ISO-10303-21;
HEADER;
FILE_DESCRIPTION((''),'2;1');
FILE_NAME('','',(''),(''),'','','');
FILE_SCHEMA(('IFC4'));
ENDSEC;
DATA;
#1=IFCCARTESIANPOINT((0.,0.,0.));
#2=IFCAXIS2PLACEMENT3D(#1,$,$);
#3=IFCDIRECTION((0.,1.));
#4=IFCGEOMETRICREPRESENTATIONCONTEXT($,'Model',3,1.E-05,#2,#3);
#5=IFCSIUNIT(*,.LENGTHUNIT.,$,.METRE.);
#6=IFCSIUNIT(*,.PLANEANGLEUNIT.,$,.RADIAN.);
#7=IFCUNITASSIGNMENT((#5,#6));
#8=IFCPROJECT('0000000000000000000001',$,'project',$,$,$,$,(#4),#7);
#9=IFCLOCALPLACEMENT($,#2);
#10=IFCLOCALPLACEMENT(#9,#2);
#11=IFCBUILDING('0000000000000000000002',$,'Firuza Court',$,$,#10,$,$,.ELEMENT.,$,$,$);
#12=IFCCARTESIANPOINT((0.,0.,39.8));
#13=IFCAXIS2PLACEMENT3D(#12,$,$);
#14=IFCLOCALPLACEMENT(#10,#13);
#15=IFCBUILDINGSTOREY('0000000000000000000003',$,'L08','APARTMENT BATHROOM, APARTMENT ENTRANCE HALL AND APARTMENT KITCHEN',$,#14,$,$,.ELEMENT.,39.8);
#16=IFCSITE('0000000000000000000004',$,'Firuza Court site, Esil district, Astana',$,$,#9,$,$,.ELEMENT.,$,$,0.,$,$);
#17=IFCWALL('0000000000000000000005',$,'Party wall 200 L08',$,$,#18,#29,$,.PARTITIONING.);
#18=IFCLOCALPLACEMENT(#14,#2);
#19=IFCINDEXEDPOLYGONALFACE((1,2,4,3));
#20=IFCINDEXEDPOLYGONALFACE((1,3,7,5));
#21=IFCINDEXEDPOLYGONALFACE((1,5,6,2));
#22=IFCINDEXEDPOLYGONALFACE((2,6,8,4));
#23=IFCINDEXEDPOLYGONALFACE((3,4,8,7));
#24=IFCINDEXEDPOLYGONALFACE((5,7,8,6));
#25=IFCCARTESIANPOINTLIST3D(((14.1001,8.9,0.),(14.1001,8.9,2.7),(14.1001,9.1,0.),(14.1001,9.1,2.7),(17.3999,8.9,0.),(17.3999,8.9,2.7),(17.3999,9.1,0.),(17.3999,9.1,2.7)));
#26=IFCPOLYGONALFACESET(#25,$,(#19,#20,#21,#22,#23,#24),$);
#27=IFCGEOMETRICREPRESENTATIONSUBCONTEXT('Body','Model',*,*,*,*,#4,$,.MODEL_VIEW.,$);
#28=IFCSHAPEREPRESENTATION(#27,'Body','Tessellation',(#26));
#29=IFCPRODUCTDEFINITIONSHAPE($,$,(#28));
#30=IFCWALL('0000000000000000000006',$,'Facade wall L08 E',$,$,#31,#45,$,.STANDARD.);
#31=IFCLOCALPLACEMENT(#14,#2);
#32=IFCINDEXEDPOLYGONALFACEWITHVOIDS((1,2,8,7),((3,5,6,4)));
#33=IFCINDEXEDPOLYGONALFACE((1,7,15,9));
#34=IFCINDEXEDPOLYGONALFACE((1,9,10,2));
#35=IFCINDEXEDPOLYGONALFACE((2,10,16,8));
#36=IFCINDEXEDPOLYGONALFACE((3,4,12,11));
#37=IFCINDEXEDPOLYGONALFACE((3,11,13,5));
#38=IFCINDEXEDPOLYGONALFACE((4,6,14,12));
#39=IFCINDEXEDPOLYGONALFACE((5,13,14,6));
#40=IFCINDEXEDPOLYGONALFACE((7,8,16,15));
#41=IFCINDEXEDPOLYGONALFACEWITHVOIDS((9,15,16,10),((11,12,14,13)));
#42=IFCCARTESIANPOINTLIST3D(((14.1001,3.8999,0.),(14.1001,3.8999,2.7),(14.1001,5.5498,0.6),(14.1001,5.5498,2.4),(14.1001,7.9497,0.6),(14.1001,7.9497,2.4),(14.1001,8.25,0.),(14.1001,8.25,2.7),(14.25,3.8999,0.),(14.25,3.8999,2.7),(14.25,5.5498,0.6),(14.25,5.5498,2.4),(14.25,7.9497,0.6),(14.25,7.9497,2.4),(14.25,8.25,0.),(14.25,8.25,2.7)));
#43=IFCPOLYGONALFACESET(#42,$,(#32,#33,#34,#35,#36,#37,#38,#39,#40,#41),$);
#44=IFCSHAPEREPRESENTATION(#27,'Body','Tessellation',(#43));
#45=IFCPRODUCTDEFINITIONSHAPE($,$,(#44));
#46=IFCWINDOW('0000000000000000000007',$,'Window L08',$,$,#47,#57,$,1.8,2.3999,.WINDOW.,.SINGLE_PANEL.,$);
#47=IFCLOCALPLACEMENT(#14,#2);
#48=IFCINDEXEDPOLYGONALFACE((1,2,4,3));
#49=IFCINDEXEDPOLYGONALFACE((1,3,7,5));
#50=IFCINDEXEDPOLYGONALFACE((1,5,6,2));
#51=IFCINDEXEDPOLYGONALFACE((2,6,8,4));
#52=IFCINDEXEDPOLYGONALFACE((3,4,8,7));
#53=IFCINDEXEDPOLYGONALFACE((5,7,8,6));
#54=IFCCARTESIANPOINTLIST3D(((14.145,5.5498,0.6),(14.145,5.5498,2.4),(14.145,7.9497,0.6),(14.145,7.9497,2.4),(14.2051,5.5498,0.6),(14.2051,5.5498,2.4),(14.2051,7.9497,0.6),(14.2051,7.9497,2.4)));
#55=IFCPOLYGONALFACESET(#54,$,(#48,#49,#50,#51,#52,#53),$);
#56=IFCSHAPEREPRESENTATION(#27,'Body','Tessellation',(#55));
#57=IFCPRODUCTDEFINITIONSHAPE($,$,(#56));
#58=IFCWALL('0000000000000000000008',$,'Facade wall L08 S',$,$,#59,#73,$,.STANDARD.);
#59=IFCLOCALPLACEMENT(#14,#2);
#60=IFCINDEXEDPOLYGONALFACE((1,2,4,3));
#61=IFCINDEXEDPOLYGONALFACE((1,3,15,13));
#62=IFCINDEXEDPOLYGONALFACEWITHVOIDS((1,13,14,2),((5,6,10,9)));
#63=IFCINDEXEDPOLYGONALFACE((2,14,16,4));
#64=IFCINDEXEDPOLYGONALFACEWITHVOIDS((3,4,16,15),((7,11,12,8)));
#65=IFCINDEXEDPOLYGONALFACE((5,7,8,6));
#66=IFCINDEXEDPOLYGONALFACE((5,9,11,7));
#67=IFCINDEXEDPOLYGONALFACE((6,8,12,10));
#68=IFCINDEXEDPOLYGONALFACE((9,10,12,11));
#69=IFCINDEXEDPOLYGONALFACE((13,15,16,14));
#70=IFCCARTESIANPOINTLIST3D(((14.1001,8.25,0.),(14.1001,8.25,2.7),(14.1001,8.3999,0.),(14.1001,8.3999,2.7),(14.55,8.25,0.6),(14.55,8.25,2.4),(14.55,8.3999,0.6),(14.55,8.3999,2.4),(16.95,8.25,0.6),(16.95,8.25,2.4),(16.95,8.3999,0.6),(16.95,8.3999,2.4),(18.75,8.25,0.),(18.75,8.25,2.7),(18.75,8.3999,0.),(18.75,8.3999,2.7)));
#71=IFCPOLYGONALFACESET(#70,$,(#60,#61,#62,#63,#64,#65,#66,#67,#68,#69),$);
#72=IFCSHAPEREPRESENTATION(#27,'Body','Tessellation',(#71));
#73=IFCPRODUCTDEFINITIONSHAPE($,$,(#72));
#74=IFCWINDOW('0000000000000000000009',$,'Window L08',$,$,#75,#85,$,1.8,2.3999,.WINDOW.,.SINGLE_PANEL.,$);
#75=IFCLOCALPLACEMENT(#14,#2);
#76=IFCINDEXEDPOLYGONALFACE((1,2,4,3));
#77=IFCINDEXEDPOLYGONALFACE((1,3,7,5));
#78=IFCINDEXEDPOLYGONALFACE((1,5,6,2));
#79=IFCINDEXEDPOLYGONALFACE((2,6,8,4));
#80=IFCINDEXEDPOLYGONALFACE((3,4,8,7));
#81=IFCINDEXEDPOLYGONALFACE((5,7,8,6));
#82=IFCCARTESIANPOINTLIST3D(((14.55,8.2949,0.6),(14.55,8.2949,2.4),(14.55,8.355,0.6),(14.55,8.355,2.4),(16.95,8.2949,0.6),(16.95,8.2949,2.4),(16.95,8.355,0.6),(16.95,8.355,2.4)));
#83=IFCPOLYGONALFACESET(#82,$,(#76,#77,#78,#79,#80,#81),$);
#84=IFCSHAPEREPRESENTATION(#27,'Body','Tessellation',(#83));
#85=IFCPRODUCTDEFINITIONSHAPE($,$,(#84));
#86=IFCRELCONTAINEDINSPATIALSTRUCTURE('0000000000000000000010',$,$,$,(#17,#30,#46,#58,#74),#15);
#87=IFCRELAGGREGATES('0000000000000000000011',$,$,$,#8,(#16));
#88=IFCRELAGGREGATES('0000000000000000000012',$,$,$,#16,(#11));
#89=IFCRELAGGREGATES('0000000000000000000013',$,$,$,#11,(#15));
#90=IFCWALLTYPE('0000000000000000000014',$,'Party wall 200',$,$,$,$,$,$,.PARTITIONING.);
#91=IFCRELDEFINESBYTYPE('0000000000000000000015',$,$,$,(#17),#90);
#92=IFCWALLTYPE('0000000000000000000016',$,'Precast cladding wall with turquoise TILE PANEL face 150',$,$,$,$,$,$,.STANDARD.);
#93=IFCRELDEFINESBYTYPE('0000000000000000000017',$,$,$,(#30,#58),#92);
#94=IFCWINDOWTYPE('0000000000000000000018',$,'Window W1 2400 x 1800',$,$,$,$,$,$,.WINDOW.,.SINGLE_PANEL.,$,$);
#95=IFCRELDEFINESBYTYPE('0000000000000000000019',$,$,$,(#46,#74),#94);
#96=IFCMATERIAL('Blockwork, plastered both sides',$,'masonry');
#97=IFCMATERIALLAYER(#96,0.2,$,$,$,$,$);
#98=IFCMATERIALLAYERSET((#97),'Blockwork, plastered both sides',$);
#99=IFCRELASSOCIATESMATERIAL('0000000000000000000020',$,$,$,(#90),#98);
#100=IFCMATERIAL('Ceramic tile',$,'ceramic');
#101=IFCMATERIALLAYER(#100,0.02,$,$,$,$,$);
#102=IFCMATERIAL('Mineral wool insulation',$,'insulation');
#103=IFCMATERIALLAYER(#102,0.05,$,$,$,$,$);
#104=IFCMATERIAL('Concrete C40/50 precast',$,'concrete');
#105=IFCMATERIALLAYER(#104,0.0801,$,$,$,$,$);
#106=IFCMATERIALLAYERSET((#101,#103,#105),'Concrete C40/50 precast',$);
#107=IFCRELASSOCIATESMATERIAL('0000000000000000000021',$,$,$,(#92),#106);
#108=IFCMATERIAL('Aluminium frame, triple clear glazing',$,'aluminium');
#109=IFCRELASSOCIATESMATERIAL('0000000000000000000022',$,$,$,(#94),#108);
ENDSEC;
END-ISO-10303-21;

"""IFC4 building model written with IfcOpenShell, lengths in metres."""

from ifc_helpers import new_model, si_unit, direction, frame, frame_2d, origin, place, context, subcontext, project, spatial, rectangle, extrude, material, layer, layer_set, type_object, element, fill, save


model = new_model("IFC4")

# Units and contexts
model_context = context("Model", 3, precision=1e-05, world=origin(), true_north=direction((0.0, 1.0)))
body_context = subcontext(model_context, "Body", "Model", "MODEL_VIEW")
ifc_project = project(units=[si_unit("LENGTHUNIT", "METRE"), si_unit("PLANEANGLEUNIT", "RADIAN")], contexts=[model_context])

# Site, building, storey
site_placement = place(None, origin())
site = spatial("IfcSite", under=ifc_project, at=site_placement, Name="Firuza Court site, Esil district, Astana", CompositionType="ELEMENT", RefElevation=0.0)
building_placement = place(site_placement, origin())
building = spatial("IfcBuilding", under=site, at=building_placement, Name="Firuza Court", CompositionType="ELEMENT")
storey_placement = place(building_placement, frame((0.0, 0.0, 39.8)))
storey = spatial("IfcBuildingStorey", under=building, at=storey_placement, Name="L08", Description="APARTMENT BATHROOM, APARTMENT ENTRANCE HALL AND APARTMENT KITCHEN", CompositionType="ELEMENT", Elevation=39.8)

# Shared definitions
ifc_material_1 = material(Name="Blockwork, plastered both sides", Category="masonry")

# Wall
ifc_layer_1 = layer(ifc_material_1, 0.2)
ifc_layer_set_1 = layer_set([ifc_layer_1], Name="Blockwork, plastered both sides")
wall_type_1 = type_object("IfcWallType", Name="Party wall 200", PredefinedType="PARTITIONING", material=ifc_layer_set_1)
wall_1_placement = place(storey_placement, frame((14.1001, 9.0, 0.0), z_axis=(0.0, 0.0, 1.0), x_axis=(1.0, 0.0, 0.0)))
element("IfcWall", 1, at=wall_1_placement, inside=storey, type_object=wall_type_1, Name="Party wall 200 L08", PredefinedType="PARTITIONING", context=body_context, shape_type="SweptSolid", body=[
    extrude(rectangle(XDim=3.2998, YDim=0.2, at=frame_2d((1.6499, 0.0))), origin(), (0.0, 0.0, 1.0), 2.7),
])

# Walls, openings, windows
ifc_material_2 = material(Name="Ceramic tile", Category="ceramic")
ifc_layer_2 = layer(ifc_material_2, 0.02)
ifc_material_3 = material(Name="Mineral wool insulation", Category="insulation")
ifc_layer_3 = layer(ifc_material_3, 0.05)
ifc_material_4 = material(Name="Concrete C40/50 precast", Category="concrete")
ifc_layer_4 = layer(ifc_material_4, 0.0801)
ifc_layer_set_2 = layer_set([ifc_layer_2, ifc_layer_3, ifc_layer_4], Name="Concrete C40/50 precast")
wall_type_2 = type_object("IfcWallType", Name="Precast cladding wall with turquoise TILE PANEL face 150", PredefinedType="STANDARD", material=ifc_layer_set_2)
wall_2_placement = place(storey_placement, frame((14.175, 3.8999, 0.0), z_axis=(0.0, 0.0, 1.0), x_axis=(0.0, 1.0, 0.0)))
wall_2 = element("IfcWall", 2, at=wall_2_placement, inside=storey, type_object=wall_type_2, Name="Facade wall L08 E", PredefinedType="STANDARD", context=body_context, shape_type="SweptSolid", body=[
    extrude(rectangle(XDim=4.3501, YDim=0.1499, at=frame_2d((2.175, 0.0))), origin(), (0.0, 0.0, 1.0), 2.7),
])
opening_1_placement = place(wall_2_placement, frame((1.6499, 0.0, 0.6001)))
opening_1 = element("IfcOpeningElement", 3, at=opening_1_placement, cuts=wall_2, PredefinedType="OPENING", context=body_context, shape_type="SweptSolid", body=[
    extrude(rectangle(XDim=2.3999, YDim=1.8, at=frame_2d((1.2, 0.8999))), frame((0.0, 0.0869, 0.0), z_axis=(0.0, -1.0, 0.0), x_axis=(1.0, 0.0, 0.0)), (0.0, 0.0, 1.0), 0.1738),
])
ifc_material_5 = material(Name="Aluminium frame, triple clear glazing", Category="aluminium")
window_type = type_object("IfcWindowType", Name="Window W1 2400 x 1800", PartitioningType="SINGLE_PANEL", PredefinedType="WINDOW", material=ifc_material_5)
window_1_placement = place(opening_1_placement, origin())
window_1 = element("IfcWindow", 4, at=window_1_placement, inside=storey, type_object=window_type, Name="Window L08", OverallHeight=1.8, OverallWidth=2.3999, PartitioningType="SINGLE_PANEL", PredefinedType="WINDOW", context=body_context, shape_type="SweptSolid", body=[
    extrude(rectangle(XDim=2.3999, YDim=1.8, at=frame_2d((1.2, 0.8999))), frame((0.0, 0.03, 0.0), z_axis=(0.0, -1.0, 0.0), x_axis=(1.0, 0.0, 0.0)), (0.0, 0.0, 1.0), 0.0601),
])
fill(opening_1, window_1)
wall_3_placement = place(storey_placement, frame((14.1001, 8.325, 0.0), z_axis=(0.0, 0.0, 1.0), x_axis=(1.0, 0.0, 0.0)))
wall_3 = element("IfcWall", 5, at=wall_3_placement, inside=storey, type_object=wall_type_2, Name="Facade wall L08 S", PredefinedType="STANDARD", context=body_context, shape_type="SweptSolid", body=[
    extrude(rectangle(XDim=4.6499, YDim=0.1499, at=frame_2d((2.325, 0.0))), origin(), (0.0, 0.0, 1.0), 2.7),
])
opening_2_placement = place(wall_3_placement, frame((0.45, 0.0, 0.6001)))
opening_2 = element("IfcOpeningElement", 6, at=opening_2_placement, cuts=wall_3, PredefinedType="OPENING", context=body_context, shape_type="SweptSolid", body=[
    extrude(rectangle(XDim=2.3999, YDim=1.8, at=frame_2d((1.2, 0.8999))), frame((0.0, 0.0869, 0.0), z_axis=(0.0, -1.0, 0.0), x_axis=(1.0, 0.0, 0.0)), (0.0, 0.0, 1.0), 0.1738),
])
window_2_placement = place(opening_2_placement, origin())
window_2 = element("IfcWindow", 7, at=window_2_placement, inside=storey, type_object=window_type, Name="Window L08", OverallHeight=1.8, OverallWidth=2.3999, PartitioningType="SINGLE_PANEL", PredefinedType="WINDOW", context=body_context, shape_type="SweptSolid", body=[
    extrude(rectangle(XDim=2.3999, YDim=1.8, at=frame_2d((1.2, 0.8999))), frame((0.0, 0.03, 0.0), z_axis=(0.0, -1.0, 0.0), x_axis=(1.0, 0.0, 0.0)), (0.0, 0.0, 1.0), 0.0601),
])
fill(opening_2, window_2)

save(model, "model.ifc")
